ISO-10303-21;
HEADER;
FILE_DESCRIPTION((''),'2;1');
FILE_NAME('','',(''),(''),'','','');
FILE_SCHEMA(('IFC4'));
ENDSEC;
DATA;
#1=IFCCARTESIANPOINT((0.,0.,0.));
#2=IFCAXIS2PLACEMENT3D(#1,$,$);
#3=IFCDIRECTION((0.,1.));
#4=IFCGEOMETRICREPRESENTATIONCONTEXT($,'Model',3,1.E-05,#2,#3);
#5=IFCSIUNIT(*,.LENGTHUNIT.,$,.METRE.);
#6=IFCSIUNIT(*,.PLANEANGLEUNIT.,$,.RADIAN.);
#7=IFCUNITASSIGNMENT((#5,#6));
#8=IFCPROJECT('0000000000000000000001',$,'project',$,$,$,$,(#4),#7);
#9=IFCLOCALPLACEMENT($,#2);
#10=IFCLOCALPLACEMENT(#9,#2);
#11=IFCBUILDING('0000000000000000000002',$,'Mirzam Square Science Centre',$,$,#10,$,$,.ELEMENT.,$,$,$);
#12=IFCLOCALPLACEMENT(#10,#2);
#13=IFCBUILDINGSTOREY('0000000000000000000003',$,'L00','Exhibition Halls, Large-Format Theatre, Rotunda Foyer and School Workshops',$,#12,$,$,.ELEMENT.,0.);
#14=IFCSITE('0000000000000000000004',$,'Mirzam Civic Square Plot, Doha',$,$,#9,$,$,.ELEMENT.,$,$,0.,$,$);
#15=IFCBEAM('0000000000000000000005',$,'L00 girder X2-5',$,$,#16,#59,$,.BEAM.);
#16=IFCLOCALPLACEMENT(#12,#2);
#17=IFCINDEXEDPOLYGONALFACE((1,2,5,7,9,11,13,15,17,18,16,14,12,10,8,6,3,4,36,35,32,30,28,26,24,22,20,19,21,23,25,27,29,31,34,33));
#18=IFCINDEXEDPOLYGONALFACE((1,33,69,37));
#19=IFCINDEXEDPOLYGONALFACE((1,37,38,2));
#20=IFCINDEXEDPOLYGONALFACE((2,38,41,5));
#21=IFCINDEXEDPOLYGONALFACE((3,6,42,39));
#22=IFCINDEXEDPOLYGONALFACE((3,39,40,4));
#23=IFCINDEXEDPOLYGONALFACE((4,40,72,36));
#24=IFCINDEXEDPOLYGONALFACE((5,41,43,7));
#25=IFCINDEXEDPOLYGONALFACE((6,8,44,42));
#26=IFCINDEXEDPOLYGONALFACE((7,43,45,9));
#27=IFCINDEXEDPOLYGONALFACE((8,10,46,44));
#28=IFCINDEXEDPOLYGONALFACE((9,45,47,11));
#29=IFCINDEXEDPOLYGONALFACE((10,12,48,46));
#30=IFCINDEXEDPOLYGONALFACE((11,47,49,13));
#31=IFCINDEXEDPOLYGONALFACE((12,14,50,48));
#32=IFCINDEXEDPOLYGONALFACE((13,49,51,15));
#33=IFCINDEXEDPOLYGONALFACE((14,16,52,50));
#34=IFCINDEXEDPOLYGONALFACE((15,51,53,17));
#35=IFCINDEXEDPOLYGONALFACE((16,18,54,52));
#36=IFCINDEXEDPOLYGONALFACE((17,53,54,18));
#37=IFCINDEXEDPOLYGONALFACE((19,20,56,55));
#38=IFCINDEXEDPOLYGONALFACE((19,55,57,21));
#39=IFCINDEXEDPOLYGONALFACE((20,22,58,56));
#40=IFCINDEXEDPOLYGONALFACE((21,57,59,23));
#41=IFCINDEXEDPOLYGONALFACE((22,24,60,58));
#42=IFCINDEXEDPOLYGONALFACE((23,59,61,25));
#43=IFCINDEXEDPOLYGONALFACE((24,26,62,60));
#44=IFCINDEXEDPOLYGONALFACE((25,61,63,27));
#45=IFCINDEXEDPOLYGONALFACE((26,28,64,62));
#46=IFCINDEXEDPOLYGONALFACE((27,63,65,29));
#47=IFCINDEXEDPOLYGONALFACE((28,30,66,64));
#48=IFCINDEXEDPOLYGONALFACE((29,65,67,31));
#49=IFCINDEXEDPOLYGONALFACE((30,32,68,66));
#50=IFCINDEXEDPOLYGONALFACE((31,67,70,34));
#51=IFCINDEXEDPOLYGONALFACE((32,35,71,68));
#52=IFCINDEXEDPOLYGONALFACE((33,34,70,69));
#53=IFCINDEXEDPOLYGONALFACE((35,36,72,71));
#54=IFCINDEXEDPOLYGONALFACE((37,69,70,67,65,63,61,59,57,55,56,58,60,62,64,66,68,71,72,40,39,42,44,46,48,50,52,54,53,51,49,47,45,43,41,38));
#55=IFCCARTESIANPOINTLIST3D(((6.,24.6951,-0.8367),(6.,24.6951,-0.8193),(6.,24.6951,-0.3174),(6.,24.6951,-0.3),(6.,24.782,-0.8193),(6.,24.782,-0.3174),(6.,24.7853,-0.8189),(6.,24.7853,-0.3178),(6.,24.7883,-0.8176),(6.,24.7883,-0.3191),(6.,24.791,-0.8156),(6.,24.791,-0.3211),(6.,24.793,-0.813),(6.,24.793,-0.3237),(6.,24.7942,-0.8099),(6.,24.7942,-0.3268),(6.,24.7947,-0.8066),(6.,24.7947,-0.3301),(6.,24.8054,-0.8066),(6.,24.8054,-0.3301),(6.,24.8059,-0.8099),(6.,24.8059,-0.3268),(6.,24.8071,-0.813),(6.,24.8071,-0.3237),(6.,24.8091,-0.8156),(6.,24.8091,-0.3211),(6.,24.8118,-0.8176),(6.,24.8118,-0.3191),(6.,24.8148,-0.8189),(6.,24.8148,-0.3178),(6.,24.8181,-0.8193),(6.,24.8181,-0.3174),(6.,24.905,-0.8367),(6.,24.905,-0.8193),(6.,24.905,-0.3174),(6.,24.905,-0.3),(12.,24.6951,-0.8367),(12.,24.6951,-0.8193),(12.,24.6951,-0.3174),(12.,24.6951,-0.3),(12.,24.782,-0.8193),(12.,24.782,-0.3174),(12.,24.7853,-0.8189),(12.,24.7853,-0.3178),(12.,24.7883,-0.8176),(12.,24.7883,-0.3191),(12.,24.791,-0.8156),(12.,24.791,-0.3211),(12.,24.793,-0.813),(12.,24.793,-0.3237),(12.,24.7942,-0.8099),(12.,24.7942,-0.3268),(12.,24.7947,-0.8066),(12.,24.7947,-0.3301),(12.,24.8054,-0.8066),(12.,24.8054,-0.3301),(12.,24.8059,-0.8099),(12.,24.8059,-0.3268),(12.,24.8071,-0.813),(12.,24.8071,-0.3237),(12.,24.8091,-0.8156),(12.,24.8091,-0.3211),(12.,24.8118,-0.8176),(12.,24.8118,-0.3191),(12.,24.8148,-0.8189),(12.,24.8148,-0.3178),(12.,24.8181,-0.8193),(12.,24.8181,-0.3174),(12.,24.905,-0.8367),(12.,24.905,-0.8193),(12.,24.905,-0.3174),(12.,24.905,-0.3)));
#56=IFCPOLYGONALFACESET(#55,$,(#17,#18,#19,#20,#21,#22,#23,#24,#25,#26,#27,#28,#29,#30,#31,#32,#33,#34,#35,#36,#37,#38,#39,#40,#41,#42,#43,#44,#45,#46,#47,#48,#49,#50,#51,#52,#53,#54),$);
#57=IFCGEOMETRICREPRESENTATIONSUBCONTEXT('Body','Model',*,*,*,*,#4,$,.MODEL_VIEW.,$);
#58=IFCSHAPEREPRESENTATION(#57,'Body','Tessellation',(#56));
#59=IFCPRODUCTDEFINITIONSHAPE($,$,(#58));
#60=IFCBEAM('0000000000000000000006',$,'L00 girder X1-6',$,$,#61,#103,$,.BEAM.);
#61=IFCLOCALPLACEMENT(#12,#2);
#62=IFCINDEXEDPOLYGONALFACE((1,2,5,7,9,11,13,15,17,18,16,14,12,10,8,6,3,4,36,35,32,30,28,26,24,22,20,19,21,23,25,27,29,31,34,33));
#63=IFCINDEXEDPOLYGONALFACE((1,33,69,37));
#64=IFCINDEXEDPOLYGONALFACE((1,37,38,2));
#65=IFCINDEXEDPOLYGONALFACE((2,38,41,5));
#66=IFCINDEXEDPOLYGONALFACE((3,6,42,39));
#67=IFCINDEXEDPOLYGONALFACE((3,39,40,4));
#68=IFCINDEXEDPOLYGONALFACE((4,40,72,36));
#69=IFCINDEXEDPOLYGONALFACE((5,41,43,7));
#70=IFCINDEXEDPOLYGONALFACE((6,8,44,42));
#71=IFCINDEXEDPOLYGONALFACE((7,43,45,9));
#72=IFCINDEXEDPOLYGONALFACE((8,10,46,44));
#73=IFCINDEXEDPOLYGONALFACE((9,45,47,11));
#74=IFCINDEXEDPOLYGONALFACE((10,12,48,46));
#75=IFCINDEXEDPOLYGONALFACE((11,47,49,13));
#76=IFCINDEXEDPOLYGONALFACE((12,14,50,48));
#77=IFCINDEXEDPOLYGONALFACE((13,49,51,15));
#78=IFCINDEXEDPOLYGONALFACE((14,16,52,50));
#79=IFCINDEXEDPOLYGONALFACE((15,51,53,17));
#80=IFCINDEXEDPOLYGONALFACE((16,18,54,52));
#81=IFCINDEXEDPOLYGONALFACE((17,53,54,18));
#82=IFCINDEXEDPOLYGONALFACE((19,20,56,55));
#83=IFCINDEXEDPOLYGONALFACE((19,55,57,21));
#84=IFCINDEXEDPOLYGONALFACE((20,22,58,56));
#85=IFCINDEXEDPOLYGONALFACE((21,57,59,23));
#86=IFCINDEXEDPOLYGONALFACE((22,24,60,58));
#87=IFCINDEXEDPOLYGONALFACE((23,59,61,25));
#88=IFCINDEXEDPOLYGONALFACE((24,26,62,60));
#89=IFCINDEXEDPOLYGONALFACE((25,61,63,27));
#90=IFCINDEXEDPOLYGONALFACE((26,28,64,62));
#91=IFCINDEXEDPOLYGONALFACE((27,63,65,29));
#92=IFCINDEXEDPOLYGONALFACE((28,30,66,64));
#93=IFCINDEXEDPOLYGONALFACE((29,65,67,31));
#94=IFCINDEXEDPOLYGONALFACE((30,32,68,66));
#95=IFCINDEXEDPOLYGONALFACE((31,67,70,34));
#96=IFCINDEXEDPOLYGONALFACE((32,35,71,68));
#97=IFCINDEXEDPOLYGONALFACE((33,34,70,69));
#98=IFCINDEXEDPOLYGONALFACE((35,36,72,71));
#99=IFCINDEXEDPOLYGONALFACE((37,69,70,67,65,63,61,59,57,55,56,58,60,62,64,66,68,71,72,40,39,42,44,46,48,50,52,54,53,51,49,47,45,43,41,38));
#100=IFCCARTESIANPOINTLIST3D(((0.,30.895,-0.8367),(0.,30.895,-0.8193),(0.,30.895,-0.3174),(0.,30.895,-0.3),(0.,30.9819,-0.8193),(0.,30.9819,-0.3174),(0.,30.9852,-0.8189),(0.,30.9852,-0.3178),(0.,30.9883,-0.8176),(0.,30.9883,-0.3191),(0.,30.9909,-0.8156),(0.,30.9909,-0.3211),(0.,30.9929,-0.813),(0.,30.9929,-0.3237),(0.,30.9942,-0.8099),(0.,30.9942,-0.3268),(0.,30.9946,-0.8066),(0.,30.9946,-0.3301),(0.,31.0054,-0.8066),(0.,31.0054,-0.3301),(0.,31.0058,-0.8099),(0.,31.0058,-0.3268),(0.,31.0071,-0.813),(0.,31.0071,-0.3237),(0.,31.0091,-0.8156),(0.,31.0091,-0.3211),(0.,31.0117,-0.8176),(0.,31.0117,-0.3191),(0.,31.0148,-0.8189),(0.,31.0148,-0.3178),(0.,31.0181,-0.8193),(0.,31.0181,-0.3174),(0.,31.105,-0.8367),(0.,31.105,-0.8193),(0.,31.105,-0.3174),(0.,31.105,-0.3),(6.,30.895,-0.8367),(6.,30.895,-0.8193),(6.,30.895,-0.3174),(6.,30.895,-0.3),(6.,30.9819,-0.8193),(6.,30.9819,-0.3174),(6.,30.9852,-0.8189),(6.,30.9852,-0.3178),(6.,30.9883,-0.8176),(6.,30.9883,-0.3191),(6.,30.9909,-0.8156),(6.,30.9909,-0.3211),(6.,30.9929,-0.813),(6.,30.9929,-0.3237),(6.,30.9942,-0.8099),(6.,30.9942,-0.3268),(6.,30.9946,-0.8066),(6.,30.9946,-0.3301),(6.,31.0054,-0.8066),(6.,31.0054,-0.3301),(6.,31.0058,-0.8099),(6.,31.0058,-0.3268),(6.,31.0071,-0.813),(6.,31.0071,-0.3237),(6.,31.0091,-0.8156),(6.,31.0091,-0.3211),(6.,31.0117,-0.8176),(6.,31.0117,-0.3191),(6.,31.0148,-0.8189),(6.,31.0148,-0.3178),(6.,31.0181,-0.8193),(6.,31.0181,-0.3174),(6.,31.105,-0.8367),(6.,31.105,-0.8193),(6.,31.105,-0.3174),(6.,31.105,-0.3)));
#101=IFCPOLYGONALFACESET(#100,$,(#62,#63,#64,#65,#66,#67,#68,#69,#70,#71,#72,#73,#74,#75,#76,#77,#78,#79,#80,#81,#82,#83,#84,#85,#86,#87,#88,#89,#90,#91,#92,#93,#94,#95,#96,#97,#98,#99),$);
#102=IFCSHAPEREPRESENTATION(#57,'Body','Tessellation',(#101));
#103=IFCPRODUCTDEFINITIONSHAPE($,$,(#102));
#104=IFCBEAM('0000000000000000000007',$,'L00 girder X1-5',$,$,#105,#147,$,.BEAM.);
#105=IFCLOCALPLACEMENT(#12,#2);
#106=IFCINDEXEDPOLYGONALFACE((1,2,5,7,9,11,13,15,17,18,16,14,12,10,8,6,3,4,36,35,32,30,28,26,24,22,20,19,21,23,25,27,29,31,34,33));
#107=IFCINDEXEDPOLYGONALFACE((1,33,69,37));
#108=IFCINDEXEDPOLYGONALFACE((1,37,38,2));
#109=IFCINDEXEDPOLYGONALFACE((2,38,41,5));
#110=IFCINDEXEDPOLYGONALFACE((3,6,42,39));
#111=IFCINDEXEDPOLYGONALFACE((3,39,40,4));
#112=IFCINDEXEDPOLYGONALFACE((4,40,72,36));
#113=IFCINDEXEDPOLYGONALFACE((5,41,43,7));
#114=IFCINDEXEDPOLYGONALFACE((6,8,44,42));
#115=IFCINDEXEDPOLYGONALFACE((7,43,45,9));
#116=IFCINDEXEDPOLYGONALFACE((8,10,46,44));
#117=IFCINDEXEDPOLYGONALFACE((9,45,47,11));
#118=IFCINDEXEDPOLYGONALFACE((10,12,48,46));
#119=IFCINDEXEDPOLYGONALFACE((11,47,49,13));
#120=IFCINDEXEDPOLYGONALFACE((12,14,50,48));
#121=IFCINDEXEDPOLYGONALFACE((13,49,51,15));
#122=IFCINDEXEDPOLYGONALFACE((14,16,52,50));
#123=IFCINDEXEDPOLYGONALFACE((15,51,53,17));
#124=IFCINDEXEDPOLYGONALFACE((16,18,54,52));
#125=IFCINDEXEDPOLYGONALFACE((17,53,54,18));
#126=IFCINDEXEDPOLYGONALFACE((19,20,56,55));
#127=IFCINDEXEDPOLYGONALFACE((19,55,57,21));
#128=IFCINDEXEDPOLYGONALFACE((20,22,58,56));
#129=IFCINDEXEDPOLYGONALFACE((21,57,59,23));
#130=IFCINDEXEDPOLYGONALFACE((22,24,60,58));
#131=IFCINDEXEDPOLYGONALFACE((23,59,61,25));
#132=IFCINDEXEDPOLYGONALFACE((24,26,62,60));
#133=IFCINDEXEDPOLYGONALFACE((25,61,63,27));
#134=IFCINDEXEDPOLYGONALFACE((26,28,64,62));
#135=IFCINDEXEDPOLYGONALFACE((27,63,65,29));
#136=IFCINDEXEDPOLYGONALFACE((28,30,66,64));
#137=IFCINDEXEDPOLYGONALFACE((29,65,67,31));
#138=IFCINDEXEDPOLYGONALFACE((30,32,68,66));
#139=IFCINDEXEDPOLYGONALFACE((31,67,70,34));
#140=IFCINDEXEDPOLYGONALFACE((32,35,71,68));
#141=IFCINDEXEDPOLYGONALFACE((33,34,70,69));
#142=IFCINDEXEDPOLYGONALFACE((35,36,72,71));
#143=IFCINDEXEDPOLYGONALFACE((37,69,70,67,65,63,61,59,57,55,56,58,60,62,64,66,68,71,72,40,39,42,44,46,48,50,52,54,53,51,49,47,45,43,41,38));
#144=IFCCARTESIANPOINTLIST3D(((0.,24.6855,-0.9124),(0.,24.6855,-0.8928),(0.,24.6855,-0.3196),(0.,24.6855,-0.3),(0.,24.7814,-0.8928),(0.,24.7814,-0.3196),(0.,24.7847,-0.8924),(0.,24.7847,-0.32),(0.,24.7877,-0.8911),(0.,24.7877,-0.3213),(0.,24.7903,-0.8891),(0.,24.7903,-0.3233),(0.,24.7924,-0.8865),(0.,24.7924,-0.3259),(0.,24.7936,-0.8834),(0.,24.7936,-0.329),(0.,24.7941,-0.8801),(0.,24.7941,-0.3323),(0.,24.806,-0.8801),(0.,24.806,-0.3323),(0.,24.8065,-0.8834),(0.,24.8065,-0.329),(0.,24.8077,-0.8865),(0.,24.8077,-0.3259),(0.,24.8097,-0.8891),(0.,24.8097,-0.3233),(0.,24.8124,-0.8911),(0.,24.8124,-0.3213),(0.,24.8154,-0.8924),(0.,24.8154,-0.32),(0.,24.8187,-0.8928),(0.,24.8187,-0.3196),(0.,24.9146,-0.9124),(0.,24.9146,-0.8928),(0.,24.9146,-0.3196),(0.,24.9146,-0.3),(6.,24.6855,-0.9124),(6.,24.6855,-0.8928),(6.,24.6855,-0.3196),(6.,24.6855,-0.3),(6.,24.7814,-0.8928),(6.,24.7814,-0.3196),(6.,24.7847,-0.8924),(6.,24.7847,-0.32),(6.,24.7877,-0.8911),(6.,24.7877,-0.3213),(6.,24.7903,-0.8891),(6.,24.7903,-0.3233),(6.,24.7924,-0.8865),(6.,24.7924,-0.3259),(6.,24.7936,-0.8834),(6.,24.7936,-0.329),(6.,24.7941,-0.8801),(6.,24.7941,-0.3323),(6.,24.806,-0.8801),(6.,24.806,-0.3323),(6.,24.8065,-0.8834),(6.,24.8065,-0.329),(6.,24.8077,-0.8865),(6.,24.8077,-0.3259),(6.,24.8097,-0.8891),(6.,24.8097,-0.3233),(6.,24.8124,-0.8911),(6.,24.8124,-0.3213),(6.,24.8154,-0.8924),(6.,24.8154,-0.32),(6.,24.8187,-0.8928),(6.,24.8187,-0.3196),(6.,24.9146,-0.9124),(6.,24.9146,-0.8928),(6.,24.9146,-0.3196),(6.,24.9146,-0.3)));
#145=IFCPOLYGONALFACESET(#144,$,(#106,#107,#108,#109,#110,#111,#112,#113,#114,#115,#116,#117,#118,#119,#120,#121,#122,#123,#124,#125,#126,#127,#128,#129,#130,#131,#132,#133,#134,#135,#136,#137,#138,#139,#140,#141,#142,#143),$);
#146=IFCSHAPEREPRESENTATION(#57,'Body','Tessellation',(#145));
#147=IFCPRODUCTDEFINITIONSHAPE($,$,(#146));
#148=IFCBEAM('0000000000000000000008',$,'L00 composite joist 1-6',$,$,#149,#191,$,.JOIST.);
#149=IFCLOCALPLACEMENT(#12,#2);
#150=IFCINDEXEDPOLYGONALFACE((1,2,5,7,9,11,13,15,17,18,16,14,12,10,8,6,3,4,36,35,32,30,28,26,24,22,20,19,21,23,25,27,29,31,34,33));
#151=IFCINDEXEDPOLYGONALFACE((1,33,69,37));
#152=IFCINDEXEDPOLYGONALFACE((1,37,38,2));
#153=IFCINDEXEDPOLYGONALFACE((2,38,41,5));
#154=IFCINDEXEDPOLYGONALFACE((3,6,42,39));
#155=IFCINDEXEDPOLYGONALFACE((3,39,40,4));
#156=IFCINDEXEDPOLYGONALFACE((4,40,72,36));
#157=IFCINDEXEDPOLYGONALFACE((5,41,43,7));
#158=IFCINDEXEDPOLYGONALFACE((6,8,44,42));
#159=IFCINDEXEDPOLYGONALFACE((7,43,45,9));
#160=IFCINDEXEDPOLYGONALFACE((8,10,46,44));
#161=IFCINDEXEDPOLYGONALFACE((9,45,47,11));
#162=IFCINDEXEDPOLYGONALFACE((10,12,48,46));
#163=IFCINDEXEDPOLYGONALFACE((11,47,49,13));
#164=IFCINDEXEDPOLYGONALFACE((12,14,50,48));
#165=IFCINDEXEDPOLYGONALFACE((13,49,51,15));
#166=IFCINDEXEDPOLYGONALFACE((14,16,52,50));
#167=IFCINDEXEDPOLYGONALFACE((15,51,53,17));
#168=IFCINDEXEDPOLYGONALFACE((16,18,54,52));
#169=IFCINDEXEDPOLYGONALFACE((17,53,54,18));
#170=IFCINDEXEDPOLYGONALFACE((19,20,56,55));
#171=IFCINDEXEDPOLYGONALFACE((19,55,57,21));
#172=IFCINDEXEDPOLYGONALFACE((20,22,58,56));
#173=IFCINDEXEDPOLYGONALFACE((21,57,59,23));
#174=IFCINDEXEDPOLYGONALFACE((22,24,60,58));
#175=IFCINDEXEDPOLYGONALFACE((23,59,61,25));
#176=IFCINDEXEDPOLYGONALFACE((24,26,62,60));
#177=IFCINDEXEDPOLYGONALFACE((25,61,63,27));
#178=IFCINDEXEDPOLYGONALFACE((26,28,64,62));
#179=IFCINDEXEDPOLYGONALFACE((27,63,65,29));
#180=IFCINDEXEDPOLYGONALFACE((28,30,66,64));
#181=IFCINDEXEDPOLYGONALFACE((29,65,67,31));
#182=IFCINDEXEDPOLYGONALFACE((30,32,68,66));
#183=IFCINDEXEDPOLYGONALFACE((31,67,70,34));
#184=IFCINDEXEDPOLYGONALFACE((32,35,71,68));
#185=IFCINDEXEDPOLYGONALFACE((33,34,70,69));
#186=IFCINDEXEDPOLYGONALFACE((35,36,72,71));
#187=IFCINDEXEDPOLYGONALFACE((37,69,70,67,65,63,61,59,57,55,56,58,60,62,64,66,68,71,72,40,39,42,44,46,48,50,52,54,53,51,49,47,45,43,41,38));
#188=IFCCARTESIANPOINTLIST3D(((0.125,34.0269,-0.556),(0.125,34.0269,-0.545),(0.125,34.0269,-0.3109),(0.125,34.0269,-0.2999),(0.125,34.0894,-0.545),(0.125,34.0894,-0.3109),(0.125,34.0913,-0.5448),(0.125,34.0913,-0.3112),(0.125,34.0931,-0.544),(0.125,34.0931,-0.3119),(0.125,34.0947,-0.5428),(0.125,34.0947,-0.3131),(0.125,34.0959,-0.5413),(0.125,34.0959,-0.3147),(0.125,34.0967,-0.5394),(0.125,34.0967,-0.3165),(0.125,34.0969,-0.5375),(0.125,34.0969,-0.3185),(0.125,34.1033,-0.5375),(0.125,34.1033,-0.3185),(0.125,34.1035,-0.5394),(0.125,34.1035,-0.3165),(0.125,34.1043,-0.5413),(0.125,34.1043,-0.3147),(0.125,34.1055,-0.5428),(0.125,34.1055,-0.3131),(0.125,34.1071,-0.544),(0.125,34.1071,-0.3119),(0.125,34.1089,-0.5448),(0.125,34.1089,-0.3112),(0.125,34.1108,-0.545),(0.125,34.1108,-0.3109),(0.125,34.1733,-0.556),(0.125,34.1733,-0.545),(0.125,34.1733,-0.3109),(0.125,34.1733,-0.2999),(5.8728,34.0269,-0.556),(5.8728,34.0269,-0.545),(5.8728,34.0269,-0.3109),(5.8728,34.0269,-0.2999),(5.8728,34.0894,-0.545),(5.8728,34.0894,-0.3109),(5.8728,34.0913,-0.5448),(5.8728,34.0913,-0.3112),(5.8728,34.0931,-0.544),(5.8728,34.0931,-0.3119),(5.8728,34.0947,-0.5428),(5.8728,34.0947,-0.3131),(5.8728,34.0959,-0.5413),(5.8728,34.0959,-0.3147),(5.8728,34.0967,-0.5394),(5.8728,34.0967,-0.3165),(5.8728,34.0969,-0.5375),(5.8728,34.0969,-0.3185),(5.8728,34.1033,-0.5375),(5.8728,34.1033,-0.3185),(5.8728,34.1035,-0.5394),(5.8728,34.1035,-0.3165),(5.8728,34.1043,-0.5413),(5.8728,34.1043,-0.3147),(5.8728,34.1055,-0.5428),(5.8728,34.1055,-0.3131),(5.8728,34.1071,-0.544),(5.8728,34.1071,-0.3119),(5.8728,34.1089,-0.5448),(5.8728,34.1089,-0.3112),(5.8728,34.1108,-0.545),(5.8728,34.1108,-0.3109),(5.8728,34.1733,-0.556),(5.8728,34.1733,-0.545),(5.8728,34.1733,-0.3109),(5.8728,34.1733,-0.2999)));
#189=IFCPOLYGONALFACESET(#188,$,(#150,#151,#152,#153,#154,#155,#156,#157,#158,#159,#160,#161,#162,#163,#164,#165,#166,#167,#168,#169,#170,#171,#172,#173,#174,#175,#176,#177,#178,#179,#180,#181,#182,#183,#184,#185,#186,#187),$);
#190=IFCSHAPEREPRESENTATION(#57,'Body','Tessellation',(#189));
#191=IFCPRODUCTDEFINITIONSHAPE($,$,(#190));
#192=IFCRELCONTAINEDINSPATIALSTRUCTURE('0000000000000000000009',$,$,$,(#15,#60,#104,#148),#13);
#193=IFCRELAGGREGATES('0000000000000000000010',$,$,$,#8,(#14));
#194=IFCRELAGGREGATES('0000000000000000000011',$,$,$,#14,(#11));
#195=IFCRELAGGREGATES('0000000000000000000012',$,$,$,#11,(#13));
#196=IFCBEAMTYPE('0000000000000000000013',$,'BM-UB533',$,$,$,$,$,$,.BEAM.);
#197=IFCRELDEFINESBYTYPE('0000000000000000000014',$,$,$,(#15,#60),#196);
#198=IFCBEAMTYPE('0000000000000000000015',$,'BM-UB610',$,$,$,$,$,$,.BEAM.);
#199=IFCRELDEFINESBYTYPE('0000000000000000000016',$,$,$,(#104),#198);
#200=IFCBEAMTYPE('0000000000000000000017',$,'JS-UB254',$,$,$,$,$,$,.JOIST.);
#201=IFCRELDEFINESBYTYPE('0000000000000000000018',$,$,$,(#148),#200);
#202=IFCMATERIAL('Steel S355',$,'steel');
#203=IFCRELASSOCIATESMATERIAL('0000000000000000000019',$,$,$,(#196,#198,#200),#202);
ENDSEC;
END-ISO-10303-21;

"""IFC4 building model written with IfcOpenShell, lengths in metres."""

from ifc_helpers import new_model, si_unit, direction, frame, origin, origin_2d, place, context, subcontext, project, spatial, i_section, extrude, material, material_profile, profile_set, type_object, element, save


model = new_model("IFC4")

# Units and contexts
model_context = context("Model", 3, precision=1e-05, world=origin(), true_north=direction((0.0, 1.0)))
body_context = subcontext(model_context, "Body", "Model", "MODEL_VIEW")
ifc_project = project(units=[si_unit("LENGTHUNIT", "METRE"), si_unit("PLANEANGLEUNIT", "RADIAN")], contexts=[model_context])

# Site, building, storey
site_placement = place(None, origin())
site = spatial("IfcSite", under=ifc_project, at=site_placement, Name="Mirzam Civic Square Plot, Doha", CompositionType="ELEMENT", RefElevation=0.0)
building_placement = place(site_placement, origin())
building = spatial("IfcBuilding", under=site, at=building_placement, Name="Mirzam Square Science Centre", CompositionType="ELEMENT")
storey_placement = place(building_placement, origin())
storey = spatial("IfcBuildingStorey", under=building, at=storey_placement, Name="L00", Description="Exhibition Halls, Large-Format Theatre, Rotunda Foyer and School Workshops", CompositionType="ELEMENT", Elevation=0.0)

# Shared definitions
ifc_material_1 = material(Name="Steel S355", Category="steel")

# Beams
ifc_material_profile_1 = material_profile(ifc_material_1, i_section(OverallWidth=0.21, OverallDepth=0.5366, WebThickness=0.0107, FlangeThickness=0.0173, FilletRadius=0.0127, at=origin_2d()), Name="533x210x101UB")
ifc_profile_set_1 = profile_set([ifc_material_profile_1], Name="Steel S355")
beam_type_1 = type_object("IfcBeamType", Name="BM-UB533", PredefinedType="BEAM", material=ifc_profile_set_1)
for number, where, z_axis, x_axis, name in (
    (1, (6.0, 24.8, -0.5684), (1.0, 0.0, 0.0), (0.0, 1.0, 0.0), "L00 girder X2-5"),
    (2, (0.0, 31.0, -0.5684), (1.0, 0.0, 0.0), (0.0, 1.0, 0.0), "L00 girder X1-6"),
):
    element("IfcBeam", number, at=place(storey_placement, frame(where, z_axis=z_axis, x_axis=x_axis)), inside=storey, type_object=beam_type_1, Name=name, PredefinedType="BEAM", context=body_context, shape_type="SweptSolid", body=[
        extrude(i_section(OverallWidth=0.21, OverallDepth=0.5366, WebThickness=0.0107, FlangeThickness=0.0173, FilletRadius=0.0127, at=origin_2d()), origin(), (0.0, 0.0, 1.0), 6.0),
    ])
ifc_material_profile_2 = material_profile(ifc_material_1, i_section(OverallWidth=0.229, OverallDepth=0.6123, WebThickness=0.012, FlangeThickness=0.0195, FilletRadius=0.0127, at=origin_2d()), Name="610x229x125UB")
ifc_profile_set_2 = profile_set([ifc_material_profile_2], Name="Steel S355")
beam_type_2 = type_object("IfcBeamType", Name="BM-UB610", PredefinedType="BEAM", material=ifc_profile_set_2)
beam_1_placement = place(storey_placement, frame((0.0, 24.8, -0.6062), z_axis=(1.0, 0.0, 0.0), x_axis=(0.0, 1.0, 0.0)))
element("IfcBeam", 3, at=beam_1_placement, inside=storey, type_object=beam_type_2, Name="L00 girder X1-5", PredefinedType="BEAM", context=body_context, shape_type="SweptSolid", body=[
    extrude(i_section(OverallWidth=0.229, OverallDepth=0.6123, WebThickness=0.012, FlangeThickness=0.0195, FilletRadius=0.0127, at=origin_2d()), origin(), (0.0, 0.0, 1.0), 6.0),
])
ifc_material_profile_3 = material_profile(ifc_material_1, i_section(OverallWidth=0.1465, OverallDepth=0.2561, WebThickness=0.0063, FlangeThickness=0.011, FilletRadius=0.0076, at=origin_2d()), Name="254x146x37UB")
ifc_profile_set_3 = profile_set([ifc_material_profile_3], Name="Steel S355")
beam_type_3 = type_object("IfcBeamType", Name="JS-UB254", PredefinedType="JOIST", material=ifc_profile_set_3)
beam_2_placement = place(storey_placement, frame((0.125, 34.1001, -0.428), z_axis=(1.0, 0.0, 0.0), x_axis=(0.0, 1.0, 0.0)))
element("IfcBeam", 4, at=beam_2_placement, inside=storey, type_object=beam_type_3, Name="L00 composite joist 1-6", PredefinedType="JOIST", context=body_context, shape_type="SweptSolid", body=[
    extrude(i_section(OverallWidth=0.1465, OverallDepth=0.2561, WebThickness=0.0063, FlangeThickness=0.011, FilletRadius=0.0076, at=origin_2d()), origin(), (0.0, 0.0, 1.0), 5.7478),
])

save(model, "model.ifc")
